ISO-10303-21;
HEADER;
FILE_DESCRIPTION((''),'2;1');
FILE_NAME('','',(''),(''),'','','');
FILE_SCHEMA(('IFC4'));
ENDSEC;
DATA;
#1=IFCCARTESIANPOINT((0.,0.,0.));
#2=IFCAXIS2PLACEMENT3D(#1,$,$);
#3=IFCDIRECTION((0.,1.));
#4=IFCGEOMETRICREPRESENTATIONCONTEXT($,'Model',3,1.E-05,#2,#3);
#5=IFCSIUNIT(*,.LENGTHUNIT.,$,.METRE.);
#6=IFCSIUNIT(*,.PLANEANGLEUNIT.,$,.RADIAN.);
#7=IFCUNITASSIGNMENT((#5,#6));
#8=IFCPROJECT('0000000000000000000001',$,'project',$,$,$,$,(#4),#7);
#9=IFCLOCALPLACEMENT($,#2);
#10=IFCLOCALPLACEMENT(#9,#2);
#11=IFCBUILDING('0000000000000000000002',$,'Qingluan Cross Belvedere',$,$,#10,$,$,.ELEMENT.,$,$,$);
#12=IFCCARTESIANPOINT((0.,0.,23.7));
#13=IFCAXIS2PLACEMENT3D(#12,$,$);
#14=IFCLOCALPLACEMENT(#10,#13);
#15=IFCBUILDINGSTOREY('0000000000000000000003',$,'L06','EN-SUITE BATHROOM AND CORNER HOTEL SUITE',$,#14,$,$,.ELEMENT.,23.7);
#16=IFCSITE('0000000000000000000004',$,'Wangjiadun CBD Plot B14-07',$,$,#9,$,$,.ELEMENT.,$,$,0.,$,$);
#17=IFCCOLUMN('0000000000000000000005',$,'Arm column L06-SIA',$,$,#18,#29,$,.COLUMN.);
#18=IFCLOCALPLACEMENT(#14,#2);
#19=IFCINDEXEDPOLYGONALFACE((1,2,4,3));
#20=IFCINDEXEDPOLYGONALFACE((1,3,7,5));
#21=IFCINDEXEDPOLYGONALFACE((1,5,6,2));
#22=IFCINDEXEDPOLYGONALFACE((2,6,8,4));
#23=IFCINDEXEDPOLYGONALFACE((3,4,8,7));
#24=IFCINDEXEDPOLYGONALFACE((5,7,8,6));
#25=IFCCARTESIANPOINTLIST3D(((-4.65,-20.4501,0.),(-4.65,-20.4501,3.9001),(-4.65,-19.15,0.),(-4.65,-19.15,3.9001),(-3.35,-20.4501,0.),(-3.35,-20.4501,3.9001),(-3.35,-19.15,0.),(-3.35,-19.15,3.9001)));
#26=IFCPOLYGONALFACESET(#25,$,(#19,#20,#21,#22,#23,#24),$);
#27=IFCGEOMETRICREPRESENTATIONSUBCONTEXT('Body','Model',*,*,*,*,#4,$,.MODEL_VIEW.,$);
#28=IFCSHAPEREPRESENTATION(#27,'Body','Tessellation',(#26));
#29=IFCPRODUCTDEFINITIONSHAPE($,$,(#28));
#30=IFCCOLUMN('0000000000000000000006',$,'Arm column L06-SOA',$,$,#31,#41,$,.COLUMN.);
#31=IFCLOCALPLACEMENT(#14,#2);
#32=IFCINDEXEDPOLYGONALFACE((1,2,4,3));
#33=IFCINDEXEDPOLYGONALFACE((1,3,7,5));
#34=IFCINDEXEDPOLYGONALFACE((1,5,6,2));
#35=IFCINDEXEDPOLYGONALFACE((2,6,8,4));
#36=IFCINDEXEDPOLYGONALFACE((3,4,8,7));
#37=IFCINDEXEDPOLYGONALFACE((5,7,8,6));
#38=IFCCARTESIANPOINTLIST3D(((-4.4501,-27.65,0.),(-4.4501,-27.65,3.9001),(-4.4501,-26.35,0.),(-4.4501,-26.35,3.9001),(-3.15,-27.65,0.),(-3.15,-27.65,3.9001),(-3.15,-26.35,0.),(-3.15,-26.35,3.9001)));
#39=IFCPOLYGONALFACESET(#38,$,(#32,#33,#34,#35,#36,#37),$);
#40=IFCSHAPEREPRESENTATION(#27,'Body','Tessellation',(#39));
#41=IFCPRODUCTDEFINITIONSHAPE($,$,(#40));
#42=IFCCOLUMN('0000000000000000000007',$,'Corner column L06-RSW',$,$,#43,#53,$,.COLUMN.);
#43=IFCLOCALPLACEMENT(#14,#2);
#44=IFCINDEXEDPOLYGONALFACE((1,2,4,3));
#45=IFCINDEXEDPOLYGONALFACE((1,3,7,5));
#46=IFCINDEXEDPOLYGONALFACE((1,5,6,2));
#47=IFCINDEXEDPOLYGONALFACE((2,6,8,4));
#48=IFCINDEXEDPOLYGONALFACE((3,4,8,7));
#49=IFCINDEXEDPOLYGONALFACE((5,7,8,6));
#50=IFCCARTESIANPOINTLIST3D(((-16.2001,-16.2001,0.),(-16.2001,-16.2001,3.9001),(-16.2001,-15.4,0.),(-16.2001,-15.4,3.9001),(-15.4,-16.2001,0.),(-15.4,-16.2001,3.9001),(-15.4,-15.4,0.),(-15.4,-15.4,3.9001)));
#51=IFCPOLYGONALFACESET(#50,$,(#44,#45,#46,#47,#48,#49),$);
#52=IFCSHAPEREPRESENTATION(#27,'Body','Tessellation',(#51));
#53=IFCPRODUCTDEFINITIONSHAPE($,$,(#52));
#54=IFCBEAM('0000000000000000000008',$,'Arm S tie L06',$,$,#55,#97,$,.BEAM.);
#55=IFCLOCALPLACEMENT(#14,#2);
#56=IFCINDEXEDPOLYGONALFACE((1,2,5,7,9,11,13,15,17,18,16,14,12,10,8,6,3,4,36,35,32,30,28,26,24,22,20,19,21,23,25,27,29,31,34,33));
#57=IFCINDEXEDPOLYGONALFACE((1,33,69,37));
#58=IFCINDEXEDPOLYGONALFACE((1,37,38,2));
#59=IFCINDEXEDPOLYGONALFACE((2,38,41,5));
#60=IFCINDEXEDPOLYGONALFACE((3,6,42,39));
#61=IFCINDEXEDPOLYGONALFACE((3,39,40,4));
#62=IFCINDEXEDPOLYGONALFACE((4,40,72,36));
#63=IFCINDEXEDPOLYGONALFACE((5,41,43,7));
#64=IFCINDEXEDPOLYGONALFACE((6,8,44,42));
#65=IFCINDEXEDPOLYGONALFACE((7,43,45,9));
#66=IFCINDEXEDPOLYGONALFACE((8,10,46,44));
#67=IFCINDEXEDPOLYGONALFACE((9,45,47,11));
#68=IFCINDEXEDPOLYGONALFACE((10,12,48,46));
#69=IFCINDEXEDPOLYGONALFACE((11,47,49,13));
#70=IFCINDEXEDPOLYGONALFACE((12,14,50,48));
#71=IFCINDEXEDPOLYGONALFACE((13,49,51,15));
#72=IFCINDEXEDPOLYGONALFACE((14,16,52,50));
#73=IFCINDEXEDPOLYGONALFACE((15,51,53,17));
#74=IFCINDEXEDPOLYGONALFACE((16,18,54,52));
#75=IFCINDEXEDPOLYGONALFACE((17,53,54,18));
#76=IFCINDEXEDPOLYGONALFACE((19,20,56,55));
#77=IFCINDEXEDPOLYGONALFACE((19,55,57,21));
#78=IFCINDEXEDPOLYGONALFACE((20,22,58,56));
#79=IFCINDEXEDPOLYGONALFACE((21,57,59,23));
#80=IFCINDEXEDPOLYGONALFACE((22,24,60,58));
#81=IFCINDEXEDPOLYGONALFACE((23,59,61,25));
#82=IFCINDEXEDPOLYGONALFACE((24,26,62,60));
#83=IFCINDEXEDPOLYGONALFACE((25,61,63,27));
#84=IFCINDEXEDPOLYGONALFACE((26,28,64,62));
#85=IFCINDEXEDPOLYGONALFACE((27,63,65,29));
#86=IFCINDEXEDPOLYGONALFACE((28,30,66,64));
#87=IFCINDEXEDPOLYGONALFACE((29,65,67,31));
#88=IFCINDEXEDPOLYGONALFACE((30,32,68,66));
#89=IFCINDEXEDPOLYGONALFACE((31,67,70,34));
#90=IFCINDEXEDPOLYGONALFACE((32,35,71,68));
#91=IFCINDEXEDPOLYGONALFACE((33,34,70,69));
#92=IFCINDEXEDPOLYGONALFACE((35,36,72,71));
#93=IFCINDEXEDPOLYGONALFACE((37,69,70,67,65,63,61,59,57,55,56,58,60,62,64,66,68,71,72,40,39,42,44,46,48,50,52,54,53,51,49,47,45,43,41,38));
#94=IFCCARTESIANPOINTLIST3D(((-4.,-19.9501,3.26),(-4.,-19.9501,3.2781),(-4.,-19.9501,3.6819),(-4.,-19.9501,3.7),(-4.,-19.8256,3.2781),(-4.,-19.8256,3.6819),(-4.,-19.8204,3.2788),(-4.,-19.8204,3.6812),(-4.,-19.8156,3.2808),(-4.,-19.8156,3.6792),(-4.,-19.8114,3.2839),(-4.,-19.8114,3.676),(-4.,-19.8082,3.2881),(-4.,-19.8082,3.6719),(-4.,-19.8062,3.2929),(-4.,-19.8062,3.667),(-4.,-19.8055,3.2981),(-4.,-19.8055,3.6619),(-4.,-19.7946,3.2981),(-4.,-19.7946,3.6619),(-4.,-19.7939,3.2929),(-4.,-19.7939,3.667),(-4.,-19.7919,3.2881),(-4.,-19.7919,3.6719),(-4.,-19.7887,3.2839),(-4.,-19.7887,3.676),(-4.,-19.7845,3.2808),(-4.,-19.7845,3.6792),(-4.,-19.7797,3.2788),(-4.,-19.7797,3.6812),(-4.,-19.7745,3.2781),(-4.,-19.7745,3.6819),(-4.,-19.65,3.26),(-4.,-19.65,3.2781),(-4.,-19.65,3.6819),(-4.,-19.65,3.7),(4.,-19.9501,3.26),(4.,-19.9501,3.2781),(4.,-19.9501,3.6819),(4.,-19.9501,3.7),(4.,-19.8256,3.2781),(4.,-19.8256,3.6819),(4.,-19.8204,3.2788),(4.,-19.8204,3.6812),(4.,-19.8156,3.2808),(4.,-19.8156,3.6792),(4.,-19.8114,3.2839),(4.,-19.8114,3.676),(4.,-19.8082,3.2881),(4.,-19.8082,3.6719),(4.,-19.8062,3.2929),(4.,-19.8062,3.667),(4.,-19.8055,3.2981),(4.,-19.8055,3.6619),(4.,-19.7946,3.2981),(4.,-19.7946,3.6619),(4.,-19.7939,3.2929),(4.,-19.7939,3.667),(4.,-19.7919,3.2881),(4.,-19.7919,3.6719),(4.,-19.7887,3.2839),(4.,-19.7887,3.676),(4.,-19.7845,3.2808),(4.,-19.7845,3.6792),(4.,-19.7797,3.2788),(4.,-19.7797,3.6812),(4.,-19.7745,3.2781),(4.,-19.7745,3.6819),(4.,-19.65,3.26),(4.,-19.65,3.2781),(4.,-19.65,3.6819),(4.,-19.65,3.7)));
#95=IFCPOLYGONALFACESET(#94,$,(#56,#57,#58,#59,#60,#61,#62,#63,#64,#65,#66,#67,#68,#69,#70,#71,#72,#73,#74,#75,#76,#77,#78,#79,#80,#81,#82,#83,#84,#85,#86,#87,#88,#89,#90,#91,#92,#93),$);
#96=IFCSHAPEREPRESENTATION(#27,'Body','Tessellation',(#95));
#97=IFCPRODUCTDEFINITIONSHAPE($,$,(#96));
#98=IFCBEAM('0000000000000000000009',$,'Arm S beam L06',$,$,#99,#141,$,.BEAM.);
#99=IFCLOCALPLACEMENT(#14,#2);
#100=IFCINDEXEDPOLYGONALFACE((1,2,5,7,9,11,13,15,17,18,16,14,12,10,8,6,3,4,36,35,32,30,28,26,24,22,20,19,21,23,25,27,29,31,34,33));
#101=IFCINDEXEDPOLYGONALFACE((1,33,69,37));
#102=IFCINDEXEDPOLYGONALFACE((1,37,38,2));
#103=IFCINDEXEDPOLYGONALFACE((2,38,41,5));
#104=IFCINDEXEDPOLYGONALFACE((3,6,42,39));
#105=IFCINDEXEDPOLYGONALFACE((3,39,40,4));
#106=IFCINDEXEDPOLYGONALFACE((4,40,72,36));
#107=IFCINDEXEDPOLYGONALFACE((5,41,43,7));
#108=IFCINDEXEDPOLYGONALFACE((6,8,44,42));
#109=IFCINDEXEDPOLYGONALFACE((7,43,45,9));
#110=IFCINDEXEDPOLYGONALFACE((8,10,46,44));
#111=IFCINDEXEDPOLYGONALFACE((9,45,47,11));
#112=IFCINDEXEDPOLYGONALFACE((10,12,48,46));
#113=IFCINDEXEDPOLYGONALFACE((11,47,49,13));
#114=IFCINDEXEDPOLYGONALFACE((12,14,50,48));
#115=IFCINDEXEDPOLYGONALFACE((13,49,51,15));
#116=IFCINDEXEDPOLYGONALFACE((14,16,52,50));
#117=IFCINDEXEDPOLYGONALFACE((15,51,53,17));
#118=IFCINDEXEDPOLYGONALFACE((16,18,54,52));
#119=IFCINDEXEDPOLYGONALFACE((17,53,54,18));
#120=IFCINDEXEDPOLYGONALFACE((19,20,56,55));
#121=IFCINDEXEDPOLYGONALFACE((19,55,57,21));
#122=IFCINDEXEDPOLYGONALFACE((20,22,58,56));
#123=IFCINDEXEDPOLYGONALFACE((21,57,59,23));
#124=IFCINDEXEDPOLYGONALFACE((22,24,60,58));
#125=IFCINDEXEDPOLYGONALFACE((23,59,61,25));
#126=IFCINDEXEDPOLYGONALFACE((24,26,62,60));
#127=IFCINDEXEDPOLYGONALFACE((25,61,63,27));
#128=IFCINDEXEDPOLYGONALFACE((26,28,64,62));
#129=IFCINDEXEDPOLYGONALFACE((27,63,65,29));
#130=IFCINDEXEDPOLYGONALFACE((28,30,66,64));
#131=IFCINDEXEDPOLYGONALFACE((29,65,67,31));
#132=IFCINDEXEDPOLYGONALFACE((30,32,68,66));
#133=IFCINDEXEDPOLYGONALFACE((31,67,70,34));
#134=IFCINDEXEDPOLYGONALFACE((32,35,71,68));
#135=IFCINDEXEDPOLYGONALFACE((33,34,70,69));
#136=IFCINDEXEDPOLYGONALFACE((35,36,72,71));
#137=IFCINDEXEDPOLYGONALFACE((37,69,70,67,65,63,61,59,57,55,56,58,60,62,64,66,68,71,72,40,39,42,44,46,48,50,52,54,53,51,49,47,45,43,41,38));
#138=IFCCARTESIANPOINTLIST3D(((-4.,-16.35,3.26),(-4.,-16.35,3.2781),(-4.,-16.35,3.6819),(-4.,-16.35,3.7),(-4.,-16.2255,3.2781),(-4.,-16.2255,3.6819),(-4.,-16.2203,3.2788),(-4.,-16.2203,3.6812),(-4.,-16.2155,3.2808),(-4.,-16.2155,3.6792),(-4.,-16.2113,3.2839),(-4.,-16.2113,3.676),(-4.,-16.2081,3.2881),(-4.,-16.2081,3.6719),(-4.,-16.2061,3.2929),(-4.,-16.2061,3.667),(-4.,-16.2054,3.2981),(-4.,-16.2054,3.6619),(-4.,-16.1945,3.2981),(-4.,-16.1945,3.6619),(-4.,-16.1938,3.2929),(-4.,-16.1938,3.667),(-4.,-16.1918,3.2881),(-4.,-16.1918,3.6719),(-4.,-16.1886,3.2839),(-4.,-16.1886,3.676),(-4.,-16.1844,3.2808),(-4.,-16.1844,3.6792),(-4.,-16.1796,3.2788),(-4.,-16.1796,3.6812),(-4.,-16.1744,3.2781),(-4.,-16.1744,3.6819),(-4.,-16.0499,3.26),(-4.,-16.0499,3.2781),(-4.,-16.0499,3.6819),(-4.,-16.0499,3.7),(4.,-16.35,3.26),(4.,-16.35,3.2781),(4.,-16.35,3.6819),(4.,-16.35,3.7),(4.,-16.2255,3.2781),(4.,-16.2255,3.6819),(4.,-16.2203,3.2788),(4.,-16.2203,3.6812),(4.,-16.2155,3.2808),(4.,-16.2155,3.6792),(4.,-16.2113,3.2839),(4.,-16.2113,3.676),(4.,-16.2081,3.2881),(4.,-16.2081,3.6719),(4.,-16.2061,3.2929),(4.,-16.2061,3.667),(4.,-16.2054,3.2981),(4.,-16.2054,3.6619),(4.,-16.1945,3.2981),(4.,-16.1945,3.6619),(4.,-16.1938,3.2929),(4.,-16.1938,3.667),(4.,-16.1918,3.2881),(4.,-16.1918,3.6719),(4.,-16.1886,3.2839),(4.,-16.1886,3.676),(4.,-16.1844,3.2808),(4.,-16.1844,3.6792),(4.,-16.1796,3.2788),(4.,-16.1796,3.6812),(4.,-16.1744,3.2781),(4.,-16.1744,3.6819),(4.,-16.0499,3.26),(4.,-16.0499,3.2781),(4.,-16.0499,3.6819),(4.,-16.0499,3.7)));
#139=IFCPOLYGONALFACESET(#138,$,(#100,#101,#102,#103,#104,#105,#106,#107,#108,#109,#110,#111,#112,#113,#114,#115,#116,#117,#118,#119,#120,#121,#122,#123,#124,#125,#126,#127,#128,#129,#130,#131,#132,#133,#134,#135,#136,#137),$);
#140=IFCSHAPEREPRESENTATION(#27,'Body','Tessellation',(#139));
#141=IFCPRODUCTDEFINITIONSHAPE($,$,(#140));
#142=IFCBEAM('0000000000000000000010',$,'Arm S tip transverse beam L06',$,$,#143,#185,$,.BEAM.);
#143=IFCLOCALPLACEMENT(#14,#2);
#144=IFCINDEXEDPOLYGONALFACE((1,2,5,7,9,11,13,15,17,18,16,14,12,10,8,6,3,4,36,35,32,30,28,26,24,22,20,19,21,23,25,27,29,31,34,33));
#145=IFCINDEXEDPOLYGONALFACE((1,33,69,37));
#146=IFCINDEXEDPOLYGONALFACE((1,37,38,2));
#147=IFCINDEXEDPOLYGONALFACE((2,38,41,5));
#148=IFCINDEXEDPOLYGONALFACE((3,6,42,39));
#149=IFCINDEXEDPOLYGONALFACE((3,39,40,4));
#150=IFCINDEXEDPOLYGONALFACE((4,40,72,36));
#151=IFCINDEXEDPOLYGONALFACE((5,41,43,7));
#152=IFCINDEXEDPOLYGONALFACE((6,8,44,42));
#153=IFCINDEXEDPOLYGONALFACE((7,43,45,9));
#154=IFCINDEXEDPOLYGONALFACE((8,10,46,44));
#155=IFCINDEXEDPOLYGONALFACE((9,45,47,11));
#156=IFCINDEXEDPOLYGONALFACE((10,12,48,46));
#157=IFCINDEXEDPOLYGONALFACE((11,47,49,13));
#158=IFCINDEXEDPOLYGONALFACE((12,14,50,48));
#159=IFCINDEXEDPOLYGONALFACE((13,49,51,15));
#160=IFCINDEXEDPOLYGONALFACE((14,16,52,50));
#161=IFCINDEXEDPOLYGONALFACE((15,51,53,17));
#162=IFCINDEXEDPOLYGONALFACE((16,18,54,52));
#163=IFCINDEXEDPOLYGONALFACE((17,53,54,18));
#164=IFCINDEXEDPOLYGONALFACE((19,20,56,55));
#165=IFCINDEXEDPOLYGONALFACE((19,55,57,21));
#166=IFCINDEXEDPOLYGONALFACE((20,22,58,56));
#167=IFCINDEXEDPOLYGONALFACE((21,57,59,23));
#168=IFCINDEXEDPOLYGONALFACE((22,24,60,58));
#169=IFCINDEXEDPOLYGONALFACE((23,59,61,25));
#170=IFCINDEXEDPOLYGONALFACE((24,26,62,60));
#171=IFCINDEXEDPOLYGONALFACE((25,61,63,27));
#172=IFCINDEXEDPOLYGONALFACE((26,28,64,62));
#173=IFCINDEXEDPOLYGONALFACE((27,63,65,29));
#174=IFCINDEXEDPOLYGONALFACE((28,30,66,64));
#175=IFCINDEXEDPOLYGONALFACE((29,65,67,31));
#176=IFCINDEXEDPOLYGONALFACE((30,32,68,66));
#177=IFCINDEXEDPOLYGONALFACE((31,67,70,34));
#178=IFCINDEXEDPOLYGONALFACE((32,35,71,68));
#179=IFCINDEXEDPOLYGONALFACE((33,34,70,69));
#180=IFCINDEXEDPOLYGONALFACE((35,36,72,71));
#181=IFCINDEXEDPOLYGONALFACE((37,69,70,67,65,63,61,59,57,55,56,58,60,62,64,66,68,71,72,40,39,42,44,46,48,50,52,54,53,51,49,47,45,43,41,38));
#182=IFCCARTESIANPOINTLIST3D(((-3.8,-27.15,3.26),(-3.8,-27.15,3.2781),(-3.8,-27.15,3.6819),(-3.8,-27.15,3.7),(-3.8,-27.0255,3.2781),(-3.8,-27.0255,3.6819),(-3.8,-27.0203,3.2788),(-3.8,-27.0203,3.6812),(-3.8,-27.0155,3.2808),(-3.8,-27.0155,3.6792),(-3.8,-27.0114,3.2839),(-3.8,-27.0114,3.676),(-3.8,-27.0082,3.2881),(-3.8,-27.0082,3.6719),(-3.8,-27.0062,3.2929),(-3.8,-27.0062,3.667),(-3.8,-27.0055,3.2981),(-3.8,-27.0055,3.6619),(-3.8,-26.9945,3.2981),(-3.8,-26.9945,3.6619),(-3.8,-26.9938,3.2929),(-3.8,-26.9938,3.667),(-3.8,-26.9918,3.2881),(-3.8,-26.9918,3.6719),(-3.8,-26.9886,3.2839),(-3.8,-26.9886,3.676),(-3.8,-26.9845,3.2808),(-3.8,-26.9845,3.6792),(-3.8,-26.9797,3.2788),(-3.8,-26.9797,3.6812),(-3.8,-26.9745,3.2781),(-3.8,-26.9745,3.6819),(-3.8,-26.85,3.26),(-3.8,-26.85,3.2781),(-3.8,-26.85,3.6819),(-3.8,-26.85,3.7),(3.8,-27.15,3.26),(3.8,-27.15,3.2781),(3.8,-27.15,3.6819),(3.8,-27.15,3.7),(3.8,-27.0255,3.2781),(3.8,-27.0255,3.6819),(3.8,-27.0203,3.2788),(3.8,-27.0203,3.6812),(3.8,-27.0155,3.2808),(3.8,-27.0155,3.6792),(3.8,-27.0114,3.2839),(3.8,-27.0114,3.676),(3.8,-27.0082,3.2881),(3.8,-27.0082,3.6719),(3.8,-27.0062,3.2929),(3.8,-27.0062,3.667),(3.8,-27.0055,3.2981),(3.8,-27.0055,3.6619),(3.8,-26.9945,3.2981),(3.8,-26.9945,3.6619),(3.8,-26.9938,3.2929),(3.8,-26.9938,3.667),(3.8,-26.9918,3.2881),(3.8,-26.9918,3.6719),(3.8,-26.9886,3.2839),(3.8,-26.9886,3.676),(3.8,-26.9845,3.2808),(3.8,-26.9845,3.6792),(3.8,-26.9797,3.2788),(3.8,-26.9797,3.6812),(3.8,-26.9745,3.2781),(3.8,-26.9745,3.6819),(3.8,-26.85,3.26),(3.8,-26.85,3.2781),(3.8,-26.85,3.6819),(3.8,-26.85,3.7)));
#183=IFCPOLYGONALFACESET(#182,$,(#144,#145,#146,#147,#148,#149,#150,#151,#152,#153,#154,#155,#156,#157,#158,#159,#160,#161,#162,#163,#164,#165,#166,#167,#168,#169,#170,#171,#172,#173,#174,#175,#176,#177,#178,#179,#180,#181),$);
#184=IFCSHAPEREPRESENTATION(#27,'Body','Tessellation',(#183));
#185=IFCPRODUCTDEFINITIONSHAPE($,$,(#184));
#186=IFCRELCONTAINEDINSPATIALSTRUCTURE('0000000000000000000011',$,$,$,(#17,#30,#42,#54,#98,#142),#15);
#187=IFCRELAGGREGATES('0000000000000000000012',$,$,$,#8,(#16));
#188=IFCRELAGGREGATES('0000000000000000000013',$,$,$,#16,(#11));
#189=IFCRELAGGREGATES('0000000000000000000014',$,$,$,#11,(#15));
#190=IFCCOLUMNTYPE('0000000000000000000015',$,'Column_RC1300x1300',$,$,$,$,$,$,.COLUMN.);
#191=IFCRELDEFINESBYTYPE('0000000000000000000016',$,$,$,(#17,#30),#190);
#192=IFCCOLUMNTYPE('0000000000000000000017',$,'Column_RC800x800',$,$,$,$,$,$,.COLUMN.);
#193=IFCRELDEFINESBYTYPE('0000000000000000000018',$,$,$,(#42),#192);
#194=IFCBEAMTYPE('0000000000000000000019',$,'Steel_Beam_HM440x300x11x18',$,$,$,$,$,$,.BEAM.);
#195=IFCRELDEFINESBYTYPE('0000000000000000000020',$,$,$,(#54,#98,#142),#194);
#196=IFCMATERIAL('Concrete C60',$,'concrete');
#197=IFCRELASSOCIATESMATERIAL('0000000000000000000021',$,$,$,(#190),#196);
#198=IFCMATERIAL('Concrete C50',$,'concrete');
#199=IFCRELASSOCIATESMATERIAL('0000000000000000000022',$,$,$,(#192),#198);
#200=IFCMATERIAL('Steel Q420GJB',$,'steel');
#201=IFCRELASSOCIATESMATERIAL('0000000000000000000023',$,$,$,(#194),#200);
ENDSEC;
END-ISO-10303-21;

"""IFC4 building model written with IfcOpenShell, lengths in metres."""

from ifc_helpers import new_model, si_unit, direction, frame, origin, origin_2d, place, context, subcontext, project, spatial, rectangle, i_section, extrude, material, material_profile, profile_set, type_object, element, save


model = new_model("IFC4")

# Units and contexts
model_context = context("Model", 3, precision=1e-05, world=origin(), true_north=direction((0.0, 1.0)))
body_context = subcontext(model_context, "Body", "Model", "MODEL_VIEW")
ifc_project = project(units=[si_unit("LENGTHUNIT", "METRE"), si_unit("PLANEANGLEUNIT", "RADIAN")], contexts=[model_context])

# Site, building, storey
site_placement = place(None, origin())
site = spatial("IfcSite", under=ifc_project, at=site_placement, Name="Wangjiadun CBD Plot B14-07", CompositionType="ELEMENT", RefElevation=0.0)
building_placement = place(site_placement, origin())
building = spatial("IfcBuilding", under=site, at=building_placement, Name="Qingluan Cross Belvedere", CompositionType="ELEMENT")
storey_placement = place(building_placement, frame((0.0, 0.0, 23.7)))
storey = spatial("IfcBuildingStorey", under=building, at=storey_placement, Name="L06", Description="EN-SUITE BATHROOM AND CORNER HOTEL SUITE", CompositionType="ELEMENT", Elevation=23.7)

# Columns
ifc_material_1 = material(Name="Concrete C60", Category="concrete")
ifc_material_profile_1 = material_profile(ifc_material_1, rectangle(XDim=1.3, YDim=1.3, at=origin_2d()), Name="RC1300x1300")
ifc_profile_set_1 = profile_set([ifc_material_profile_1], Name="Concrete C60")
column_type_1 = type_object("IfcColumnType", Name="Column_RC1300x1300", PredefinedType="COLUMN", material=ifc_profile_set_1)
for number, where, z_axis, x_axis, name in (
    (1, (-4.0, -19.8, 0.0), (0.0, 0.0, 1.0), (1.0, 0.0, 0.0), "Arm column L06-SIA"),
    (2, (-3.8, -27.0, 0.0), (0.0, 0.0, 1.0), (1.0, 0.0, 0.0), "Arm column L06-SOA"),
):
    element("IfcColumn", number, at=place(storey_placement, frame(where, z_axis=z_axis, x_axis=x_axis)), inside=storey, type_object=column_type_1, Name=name, PredefinedType="COLUMN", context=body_context, shape_type="SweptSolid", body=[
        extrude(rectangle(XDim=1.3, YDim=1.3, at=origin_2d()), origin(), (0.0, 0.0, 1.0), 3.9001),
    ])
ifc_material_2 = material(Name="Concrete C50", Category="concrete")
ifc_material_profile_2 = material_profile(ifc_material_2, rectangle(XDim=0.8, YDim=0.8, at=origin_2d()), Name="RC800x800")
ifc_profile_set_2 = profile_set([ifc_material_profile_2], Name="Concrete C50")
column_type_2 = type_object("IfcColumnType", Name="Column_RC800x800", PredefinedType="COLUMN", material=ifc_profile_set_2)
column_placement = place(storey_placement, frame((-15.8, -15.8, 0.0), z_axis=(0.0, 0.0, 1.0), x_axis=(1.0, 0.0, 0.0)))
element("IfcColumn", 3, at=column_placement, inside=storey, type_object=column_type_2, Name="Corner column L06-RSW", PredefinedType="COLUMN", context=body_context, shape_type="SweptSolid", body=[
    extrude(rectangle(XDim=0.8, YDim=0.8, at=origin_2d()), origin(), (0.0, 0.0, 1.0), 3.9001),
])

# Beams
ifc_material_3 = material(Name="Steel Q420GJB", Category="steel")
ifc_material_profile_3 = material_profile(ifc_material_3, i_section(OverallWidth=0.3, OverallDepth=0.4399, WebThickness=0.011, FlangeThickness=0.0181, FilletRadius=0.02, at=origin_2d()), Name="HM440x300x11x18")
ifc_profile_set_3 = profile_set([ifc_material_profile_3], Name="Steel Q420GJB")
beam_type_1 = type_object("IfcBeamType", Name="Steel_Beam_HM440x300x11x18", PredefinedType="BEAM", material=ifc_profile_set_3)
for number, where, z_axis, x_axis, name in (
    (4, (-4.0, -19.8, 3.48), (1.0, 0.0, 0.0), (0.0, 1.0, 0.0), "Arm S tie L06"),
    (5, (-4.0, -16.2, 3.48), (1.0, 0.0, 0.0), (0.0, 1.0, 0.0), "Arm S beam L06"),
):
    element("IfcBeam", number, at=place(storey_placement, frame(where, z_axis=z_axis, x_axis=x_axis)), inside=storey, type_object=beam_type_1, Name=name, PredefinedType="BEAM", context=body_context, shape_type="SweptSolid", body=[
        extrude(i_section(OverallWidth=0.3, OverallDepth=0.4399, WebThickness=0.011, FlangeThickness=0.0181, FilletRadius=0.02, at=origin_2d()), origin(), (0.0, 0.0, 1.0), 8.0),
    ])
beam_1_placement = place(storey_placement, frame((-3.8, -27.0, 3.48), z_axis=(1.0, 0.0, 0.0), x_axis=(0.0, 1.0, 0.0)))
element("IfcBeam", 6, at=beam_1_placement, inside=storey, type_object=beam_type_1, Name="Arm S tip transverse beam L06", PredefinedType="BEAM", context=body_context, shape_type="SweptSolid", body=[
    extrude(i_section(OverallWidth=0.3, OverallDepth=0.4399, WebThickness=0.011, FlangeThickness=0.0181, FilletRadius=0.02, at=origin_2d()), origin(), (0.0, 0.0, 1.0), 7.6001),
])

save(model, "model.ifc")
